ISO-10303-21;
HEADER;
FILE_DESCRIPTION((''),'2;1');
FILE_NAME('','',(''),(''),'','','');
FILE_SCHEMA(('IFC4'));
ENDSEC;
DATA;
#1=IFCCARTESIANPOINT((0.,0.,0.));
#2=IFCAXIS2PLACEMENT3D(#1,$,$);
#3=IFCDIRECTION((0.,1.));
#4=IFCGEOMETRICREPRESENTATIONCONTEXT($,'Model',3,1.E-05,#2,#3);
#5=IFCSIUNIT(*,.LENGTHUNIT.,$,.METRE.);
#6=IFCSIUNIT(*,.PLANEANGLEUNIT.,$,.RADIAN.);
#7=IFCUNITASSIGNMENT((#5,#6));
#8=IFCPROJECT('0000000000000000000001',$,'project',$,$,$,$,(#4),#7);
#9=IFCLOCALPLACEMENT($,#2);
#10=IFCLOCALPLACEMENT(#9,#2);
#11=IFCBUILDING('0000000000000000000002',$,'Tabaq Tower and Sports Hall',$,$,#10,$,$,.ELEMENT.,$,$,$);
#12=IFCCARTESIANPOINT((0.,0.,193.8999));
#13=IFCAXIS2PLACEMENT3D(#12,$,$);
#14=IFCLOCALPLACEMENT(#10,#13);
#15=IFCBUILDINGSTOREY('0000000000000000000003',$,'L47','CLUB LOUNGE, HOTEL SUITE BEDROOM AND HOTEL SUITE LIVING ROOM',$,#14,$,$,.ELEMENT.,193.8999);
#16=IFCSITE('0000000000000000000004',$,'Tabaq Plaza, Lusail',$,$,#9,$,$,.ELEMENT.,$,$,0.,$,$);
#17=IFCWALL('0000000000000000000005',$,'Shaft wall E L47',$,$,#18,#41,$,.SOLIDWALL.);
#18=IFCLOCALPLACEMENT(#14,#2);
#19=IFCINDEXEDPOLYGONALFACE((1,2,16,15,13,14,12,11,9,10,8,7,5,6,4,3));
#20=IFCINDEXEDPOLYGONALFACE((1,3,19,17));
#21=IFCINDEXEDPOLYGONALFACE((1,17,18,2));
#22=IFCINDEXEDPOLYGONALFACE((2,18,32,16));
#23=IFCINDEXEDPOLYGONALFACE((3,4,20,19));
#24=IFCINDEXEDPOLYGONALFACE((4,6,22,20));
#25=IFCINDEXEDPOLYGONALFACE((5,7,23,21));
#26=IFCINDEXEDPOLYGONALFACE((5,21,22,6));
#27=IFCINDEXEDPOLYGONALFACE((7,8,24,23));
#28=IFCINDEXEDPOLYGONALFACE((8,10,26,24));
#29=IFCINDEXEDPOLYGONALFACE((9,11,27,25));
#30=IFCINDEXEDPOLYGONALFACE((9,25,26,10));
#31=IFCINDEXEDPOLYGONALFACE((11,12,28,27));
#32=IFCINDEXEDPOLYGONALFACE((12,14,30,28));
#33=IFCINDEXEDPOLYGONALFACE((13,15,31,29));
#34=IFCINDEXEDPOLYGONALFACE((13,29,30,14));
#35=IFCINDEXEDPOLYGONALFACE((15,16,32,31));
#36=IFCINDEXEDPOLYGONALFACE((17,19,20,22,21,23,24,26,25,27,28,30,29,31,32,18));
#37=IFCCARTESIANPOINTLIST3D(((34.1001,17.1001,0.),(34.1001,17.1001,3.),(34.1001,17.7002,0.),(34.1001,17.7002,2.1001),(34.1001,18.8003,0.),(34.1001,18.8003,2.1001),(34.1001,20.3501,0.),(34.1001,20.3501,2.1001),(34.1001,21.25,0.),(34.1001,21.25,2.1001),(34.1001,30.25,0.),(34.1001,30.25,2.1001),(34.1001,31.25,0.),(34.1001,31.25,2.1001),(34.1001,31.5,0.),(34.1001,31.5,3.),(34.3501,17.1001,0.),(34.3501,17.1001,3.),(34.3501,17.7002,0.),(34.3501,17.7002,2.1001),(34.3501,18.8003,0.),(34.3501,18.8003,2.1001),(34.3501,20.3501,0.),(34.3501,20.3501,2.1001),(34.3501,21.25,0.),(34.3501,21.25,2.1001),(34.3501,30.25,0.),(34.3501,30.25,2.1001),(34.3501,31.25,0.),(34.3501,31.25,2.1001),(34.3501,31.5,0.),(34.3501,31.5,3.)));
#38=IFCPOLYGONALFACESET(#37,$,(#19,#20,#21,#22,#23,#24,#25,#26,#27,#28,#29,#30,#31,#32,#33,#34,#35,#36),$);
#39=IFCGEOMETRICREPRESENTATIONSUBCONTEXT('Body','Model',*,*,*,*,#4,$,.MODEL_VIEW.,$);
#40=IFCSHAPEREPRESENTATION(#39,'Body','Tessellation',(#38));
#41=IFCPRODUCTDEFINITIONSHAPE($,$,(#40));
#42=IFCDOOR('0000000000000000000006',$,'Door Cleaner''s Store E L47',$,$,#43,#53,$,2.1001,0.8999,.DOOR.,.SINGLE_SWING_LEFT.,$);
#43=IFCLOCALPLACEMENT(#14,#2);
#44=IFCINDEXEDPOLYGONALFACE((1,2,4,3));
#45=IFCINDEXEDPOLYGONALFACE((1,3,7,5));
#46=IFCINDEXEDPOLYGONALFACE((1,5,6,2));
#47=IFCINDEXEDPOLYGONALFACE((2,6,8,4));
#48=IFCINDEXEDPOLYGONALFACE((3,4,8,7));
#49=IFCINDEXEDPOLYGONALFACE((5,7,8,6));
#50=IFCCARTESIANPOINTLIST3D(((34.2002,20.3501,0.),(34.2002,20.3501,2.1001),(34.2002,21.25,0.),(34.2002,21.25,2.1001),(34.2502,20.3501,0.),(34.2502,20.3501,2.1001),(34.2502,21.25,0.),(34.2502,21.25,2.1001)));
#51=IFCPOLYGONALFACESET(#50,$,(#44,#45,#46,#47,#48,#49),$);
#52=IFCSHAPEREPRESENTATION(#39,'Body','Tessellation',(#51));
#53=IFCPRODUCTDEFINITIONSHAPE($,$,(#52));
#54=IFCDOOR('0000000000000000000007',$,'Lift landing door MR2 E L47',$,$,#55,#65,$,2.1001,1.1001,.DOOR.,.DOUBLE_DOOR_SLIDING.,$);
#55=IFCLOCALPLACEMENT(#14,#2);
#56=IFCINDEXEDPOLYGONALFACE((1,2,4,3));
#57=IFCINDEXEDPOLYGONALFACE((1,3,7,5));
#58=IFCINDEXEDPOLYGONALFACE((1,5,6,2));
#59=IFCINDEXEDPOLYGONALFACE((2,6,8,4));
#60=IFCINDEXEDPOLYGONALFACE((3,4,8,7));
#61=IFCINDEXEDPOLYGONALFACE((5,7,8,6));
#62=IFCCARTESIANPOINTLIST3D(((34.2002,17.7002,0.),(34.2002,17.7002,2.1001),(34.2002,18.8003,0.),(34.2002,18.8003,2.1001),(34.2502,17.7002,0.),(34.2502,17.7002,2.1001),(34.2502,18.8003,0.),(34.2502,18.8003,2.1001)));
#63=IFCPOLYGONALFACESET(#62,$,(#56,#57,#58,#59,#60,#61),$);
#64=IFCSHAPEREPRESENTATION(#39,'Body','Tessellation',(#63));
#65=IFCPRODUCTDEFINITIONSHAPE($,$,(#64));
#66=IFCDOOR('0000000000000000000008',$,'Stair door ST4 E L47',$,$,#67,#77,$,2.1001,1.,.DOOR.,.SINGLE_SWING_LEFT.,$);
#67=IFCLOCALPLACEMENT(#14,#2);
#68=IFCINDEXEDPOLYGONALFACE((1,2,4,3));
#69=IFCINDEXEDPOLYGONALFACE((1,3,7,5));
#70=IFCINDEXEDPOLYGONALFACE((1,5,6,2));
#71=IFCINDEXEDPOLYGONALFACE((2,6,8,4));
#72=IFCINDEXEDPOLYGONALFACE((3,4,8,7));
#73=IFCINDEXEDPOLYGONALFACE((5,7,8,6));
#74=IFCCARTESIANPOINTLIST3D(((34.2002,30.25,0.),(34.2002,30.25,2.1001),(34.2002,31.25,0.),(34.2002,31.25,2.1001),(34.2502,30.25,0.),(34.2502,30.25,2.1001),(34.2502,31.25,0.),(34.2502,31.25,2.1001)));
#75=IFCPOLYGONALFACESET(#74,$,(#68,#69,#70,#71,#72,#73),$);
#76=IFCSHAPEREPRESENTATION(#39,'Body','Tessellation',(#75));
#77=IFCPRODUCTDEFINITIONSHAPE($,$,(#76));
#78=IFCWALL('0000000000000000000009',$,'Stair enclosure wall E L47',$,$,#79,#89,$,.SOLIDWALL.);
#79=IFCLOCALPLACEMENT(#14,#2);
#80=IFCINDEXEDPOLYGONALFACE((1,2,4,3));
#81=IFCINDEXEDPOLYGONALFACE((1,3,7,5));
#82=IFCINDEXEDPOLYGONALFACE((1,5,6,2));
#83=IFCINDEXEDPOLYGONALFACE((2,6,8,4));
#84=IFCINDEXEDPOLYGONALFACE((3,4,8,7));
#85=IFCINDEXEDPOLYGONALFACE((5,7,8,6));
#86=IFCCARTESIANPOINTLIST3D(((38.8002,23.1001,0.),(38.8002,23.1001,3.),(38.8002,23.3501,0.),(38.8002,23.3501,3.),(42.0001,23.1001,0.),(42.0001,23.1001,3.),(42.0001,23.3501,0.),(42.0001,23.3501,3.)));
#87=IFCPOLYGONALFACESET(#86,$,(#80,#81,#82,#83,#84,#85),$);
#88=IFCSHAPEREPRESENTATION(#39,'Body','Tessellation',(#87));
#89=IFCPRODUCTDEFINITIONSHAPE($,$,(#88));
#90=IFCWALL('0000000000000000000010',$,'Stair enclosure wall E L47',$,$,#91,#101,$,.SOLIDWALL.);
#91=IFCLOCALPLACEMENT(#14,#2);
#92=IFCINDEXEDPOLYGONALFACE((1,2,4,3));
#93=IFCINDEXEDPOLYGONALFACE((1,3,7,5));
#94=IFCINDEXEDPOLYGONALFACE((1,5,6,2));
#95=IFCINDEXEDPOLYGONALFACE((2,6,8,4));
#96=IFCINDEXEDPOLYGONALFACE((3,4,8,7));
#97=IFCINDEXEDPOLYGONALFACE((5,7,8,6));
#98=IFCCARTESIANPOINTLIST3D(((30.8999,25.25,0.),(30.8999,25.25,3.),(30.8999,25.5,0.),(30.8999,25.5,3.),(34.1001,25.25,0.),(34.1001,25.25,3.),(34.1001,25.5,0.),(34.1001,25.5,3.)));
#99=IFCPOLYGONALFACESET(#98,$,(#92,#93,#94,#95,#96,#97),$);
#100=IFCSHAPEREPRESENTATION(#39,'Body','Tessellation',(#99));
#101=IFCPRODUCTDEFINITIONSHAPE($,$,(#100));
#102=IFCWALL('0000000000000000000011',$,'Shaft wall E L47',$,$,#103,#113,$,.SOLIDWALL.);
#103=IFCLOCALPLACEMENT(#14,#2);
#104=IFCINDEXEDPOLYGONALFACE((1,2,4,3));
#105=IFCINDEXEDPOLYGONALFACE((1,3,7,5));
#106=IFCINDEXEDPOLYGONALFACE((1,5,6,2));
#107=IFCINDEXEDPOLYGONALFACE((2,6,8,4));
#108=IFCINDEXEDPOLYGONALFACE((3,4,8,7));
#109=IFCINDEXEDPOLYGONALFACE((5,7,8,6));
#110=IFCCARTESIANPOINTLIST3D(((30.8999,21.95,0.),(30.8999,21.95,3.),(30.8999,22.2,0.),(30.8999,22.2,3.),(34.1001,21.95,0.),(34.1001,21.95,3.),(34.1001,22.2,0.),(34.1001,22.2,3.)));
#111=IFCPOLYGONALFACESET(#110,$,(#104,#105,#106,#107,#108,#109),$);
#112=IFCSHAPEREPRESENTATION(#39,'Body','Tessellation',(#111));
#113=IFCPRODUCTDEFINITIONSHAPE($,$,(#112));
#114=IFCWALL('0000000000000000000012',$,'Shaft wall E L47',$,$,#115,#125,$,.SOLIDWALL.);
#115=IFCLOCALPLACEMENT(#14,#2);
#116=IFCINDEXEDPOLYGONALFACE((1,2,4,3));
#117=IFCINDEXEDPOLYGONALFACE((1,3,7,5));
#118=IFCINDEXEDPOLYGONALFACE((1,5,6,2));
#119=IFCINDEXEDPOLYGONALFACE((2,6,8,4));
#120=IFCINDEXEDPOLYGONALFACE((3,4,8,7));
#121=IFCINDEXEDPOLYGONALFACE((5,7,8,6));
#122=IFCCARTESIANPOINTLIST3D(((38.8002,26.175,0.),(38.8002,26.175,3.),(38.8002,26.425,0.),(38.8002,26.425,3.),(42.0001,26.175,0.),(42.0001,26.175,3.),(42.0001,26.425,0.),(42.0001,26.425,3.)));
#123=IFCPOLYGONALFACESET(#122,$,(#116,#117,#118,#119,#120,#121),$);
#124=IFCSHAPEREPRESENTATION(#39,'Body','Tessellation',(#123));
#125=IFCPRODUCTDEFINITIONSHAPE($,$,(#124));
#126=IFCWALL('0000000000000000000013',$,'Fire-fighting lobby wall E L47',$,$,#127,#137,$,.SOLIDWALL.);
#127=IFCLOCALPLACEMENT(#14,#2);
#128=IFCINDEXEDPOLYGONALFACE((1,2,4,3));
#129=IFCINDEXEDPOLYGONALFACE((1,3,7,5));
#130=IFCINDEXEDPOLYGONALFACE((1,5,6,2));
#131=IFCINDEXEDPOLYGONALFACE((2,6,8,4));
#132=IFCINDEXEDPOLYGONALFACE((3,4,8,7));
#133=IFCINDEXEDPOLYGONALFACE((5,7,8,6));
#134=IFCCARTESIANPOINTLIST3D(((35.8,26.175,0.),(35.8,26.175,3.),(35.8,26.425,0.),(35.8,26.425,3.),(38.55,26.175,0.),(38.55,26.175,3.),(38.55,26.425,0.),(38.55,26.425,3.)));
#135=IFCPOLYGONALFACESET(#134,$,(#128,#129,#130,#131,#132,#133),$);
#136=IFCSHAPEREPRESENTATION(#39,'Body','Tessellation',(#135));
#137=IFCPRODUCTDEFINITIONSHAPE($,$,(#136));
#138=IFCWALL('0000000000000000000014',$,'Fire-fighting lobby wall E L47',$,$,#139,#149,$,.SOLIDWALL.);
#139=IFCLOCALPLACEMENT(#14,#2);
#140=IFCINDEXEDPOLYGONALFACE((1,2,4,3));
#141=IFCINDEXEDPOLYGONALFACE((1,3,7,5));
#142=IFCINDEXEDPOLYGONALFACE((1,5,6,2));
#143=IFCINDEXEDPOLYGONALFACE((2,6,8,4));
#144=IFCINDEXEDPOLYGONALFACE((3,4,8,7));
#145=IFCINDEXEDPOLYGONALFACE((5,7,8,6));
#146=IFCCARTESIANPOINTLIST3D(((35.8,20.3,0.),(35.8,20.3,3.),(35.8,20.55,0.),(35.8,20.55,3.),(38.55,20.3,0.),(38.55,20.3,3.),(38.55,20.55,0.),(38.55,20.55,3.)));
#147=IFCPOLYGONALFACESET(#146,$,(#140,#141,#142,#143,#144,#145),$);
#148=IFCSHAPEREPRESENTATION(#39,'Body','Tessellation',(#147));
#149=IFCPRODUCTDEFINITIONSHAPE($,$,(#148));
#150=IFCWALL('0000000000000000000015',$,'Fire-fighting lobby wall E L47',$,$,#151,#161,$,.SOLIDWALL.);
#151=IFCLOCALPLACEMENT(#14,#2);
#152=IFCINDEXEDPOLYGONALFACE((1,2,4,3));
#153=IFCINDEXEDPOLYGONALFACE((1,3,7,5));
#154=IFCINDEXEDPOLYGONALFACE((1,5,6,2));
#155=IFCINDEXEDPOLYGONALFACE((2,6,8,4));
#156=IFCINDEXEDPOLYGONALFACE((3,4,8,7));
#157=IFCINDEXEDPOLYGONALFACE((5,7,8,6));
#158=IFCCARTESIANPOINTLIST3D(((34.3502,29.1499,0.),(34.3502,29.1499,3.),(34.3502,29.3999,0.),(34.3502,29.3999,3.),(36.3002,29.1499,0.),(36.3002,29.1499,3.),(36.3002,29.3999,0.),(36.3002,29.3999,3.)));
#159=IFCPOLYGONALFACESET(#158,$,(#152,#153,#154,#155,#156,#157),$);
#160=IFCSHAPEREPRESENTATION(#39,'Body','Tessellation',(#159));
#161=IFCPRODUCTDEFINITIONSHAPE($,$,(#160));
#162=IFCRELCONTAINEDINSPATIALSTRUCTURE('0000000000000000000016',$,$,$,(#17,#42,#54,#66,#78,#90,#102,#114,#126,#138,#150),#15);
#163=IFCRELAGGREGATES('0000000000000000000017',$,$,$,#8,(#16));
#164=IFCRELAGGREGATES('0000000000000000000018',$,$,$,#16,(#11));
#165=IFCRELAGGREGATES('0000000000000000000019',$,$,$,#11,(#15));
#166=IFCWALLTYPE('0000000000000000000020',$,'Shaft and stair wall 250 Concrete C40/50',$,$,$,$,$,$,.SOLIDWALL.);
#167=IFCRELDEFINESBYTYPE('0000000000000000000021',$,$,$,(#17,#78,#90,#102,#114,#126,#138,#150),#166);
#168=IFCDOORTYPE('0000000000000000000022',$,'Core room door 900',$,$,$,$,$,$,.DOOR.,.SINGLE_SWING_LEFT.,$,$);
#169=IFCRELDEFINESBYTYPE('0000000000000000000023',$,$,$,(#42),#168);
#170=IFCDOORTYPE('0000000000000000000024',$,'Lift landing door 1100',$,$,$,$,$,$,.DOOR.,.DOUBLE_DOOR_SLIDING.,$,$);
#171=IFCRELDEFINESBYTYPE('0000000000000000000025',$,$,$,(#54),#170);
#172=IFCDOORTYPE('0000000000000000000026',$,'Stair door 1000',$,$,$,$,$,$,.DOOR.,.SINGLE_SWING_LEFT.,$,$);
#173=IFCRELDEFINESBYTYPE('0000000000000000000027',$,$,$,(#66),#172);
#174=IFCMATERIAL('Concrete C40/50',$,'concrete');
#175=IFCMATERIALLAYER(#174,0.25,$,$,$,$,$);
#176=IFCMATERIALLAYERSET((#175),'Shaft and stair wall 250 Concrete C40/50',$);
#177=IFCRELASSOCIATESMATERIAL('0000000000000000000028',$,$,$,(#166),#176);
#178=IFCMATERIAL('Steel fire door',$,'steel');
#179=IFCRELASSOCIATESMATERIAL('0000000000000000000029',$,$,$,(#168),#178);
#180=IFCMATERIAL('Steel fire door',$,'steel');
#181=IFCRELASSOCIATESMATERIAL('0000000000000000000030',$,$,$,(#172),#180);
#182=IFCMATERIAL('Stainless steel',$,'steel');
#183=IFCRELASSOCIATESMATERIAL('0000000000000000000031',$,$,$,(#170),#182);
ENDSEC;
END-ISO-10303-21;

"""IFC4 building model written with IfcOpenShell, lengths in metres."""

from ifc_helpers import new_model, si_unit, direction, frame, frame_2d, origin, place, context, subcontext, project, spatial, rectangle, extrude, material, layer, layer_set, type_object, element, fill, save


model = new_model("IFC4")

# Units and contexts
model_context = context("Model", 3, precision=1e-05, world=origin(), true_north=direction((0.0, 1.0)))
body_context = subcontext(model_context, "Body", "Model", "MODEL_VIEW")
ifc_project = project(units=[si_unit("LENGTHUNIT", "METRE"), si_unit("PLANEANGLEUNIT", "RADIAN")], contexts=[model_context])

# Site, building, storey
site_placement = place(None, origin())
site = spatial("IfcSite", under=ifc_project, at=site_placement, Name="Tabaq Plaza, Lusail", CompositionType="ELEMENT", RefElevation=0.0)
building_placement = place(site_placement, origin())
building = spatial("IfcBuilding", under=site, at=building_placement, Name="Tabaq Tower and Sports Hall", CompositionType="ELEMENT")
storey_placement = place(building_placement, frame((0.0, 0.0, 193.8999)))
storey = spatial("IfcBuildingStorey", under=building, at=storey_placement, Name="L47", Description="CLUB LOUNGE, HOTEL SUITE BEDROOM AND HOTEL SUITE LIVING ROOM", CompositionType="ELEMENT", Elevation=193.8999)

# Wall, openings, doors
ifc_material_1 = material(Name="Concrete C40/50", Category="concrete")
ifc_layer_1 = layer(ifc_material_1, 0.25)
ifc_layer_set_1 = layer_set([ifc_layer_1], Name="Shaft and stair wall 250 Concrete C40/50")
wall_type_1 = type_object("IfcWallType", Name="Shaft and stair wall 250 Concrete C40/50", PredefinedType="SOLIDWALL", material=ifc_layer_set_1)
ifc_material_2 = material(Name="Steel fire door", Category="steel")
door_type_1 = type_object("IfcDoorType", Name="Core room door 900", OperationType="SINGLE_SWING_LEFT", PredefinedType="DOOR", material=ifc_material_2)
ifc_material_3 = material(Name="Steel fire door", Category="steel")
door_type_2 = type_object("IfcDoorType", Name="Stair door 1000", OperationType="SINGLE_SWING_LEFT", PredefinedType="DOOR", material=ifc_material_3)
wall_1_placement = place(storey_placement, frame((34.2251, 17.1001, 0.0), z_axis=(0.0, 0.0, 1.0), x_axis=(0.0, 1.0, 0.0)))
wall_1 = element("IfcWall", 1, at=wall_1_placement, inside=storey, type_object=wall_type_1, Name="Shaft wall E L47", PredefinedType="SOLIDWALL", context=body_context, shape_type="SweptSolid", body=[
    extrude(rectangle(XDim=14.3999, YDim=0.25, at=frame_2d((7.2, 0.0))), origin(), (0.0, 0.0, 1.0), 3.0),
])
opening_1_placement = place(wall_1_placement, frame((13.1499, 0.0, 0.0)))
opening_1 = element("IfcOpeningElement", 2, at=opening_1_placement, cuts=wall_1, PredefinedType="OPENING", context=body_context, shape_type="SweptSolid", body=[
    extrude(rectangle(XDim=1.0, YDim=2.1001, at=frame_2d((0.5, 1.05))), frame((0.0, 0.125, 0.0), z_axis=(0.0, -1.0, 0.0), x_axis=(1.0, 0.0, 0.0)), (0.0, 0.0, 1.0), 0.25),
])
opening_2_placement = place(wall_1_placement, frame((0.6001, 0.0, 0.0)))
opening_2 = element("IfcOpeningElement", 3, at=opening_2_placement, cuts=wall_1, PredefinedType="OPENING", context=body_context, shape_type="SweptSolid", body=[
    extrude(rectangle(XDim=1.1001, YDim=2.1001, at=frame_2d((0.55, 1.05))), frame((0.0, 0.125, 0.0), z_axis=(0.0, -1.0, 0.0), x_axis=(1.0, 0.0, 0.0)), (0.0, 0.0, 1.0), 0.25),
])
opening_3_placement = place(wall_1_placement, frame((3.25, 0.0, 0.0)))
opening_3 = element("IfcOpeningElement", 4, at=opening_3_placement, cuts=wall_1, PredefinedType="OPENING", context=body_context, shape_type="SweptSolid", body=[
    extrude(rectangle(XDim=0.8999, YDim=2.1001, at=frame_2d((0.45, 1.05))), frame((0.0, 0.125, 0.0), z_axis=(0.0, -1.0, 0.0), x_axis=(1.0, 0.0, 0.0)), (0.0, 0.0, 1.0), 0.25),
])
door_1_placement = place(opening_3_placement, origin())
door_1 = element("IfcDoor", 5, at=door_1_placement, inside=storey, type_object=door_type_1, Name="Door Cleaner's Store E L47", OperationType="SINGLE_SWING_LEFT", OverallHeight=2.1001, OverallWidth=0.8999, PredefinedType="DOOR", context=body_context, shape_type="SweptSolid", body=[
    extrude(rectangle(XDim=0.8999, YDim=2.1001, at=frame_2d((0.45, 1.05))), frame((0.0, 0.0249, 0.0), z_axis=(0.0, -1.0, 0.0), x_axis=(1.0, 0.0, 0.0)), (0.0, 0.0, 1.0), 0.05),
])
fill(opening_3, door_1)
ifc_material_4 = material(Name="Stainless steel", Category="steel")
door_type_3 = type_object("IfcDoorType", Name="Lift landing door 1100", OperationType="DOUBLE_DOOR_SLIDING", PredefinedType="DOOR", material=ifc_material_4)
door_2_placement = place(opening_2_placement, origin())
door_2 = element("IfcDoor", 6, at=door_2_placement, inside=storey, type_object=door_type_3, Name="Lift landing door MR2 E L47", OperationType="DOUBLE_DOOR_SLIDING", OverallHeight=2.1001, OverallWidth=1.1001, PredefinedType="DOOR", context=body_context, shape_type="SweptSolid", body=[
    extrude(rectangle(XDim=1.1001, YDim=2.1001, at=frame_2d((0.55, 1.05))), frame((0.0, 0.0249, 0.0), z_axis=(0.0, -1.0, 0.0), x_axis=(1.0, 0.0, 0.0)), (0.0, 0.0, 1.0), 0.05),
])
fill(opening_2, door_2)
door_3_placement = place(opening_1_placement, origin())
door_3 = element("IfcDoor", 7, at=door_3_placement, inside=storey, type_object=door_type_2, Name="Stair door ST4 E L47", OperationType="SINGLE_SWING_LEFT", OverallHeight=2.1001, OverallWidth=1.0, PredefinedType="DOOR", context=body_context, shape_type="SweptSolid", body=[
    extrude(rectangle(XDim=1.0, YDim=2.1001, at=frame_2d((0.5, 1.05))), frame((0.0, 0.0249, 0.0), z_axis=(0.0, -1.0, 0.0), x_axis=(1.0, 0.0, 0.0)), (0.0, 0.0, 1.0), 0.05),
])
fill(opening_1, door_3)

# Walls
wall_2_placement = place(storey_placement, frame((38.8, 23.2251, 0.0), z_axis=(0.0, 0.0, 1.0), x_axis=(1.0, 0.0, 0.0)))
element("IfcWall", 8, at=wall_2_placement, inside=storey, type_object=wall_type_1, Name="Stair enclosure wall E L47", PredefinedType="SOLIDWALL", context=body_context, shape_type="SweptSolid", body=[
    extrude(rectangle(XDim=3.2, YDim=0.25, at=frame_2d((1.6001, 0.0))), origin(), (0.0, 0.0, 1.0), 3.0),
])
for number, where, z_axis, x_axis, name in (
    (9, (30.8999, 25.375, 0.0), (0.0, 0.0, 1.0), (1.0, 0.0, 0.0), "Stair enclosure wall E L47"),
    (10, (30.8999, 22.075, 0.0), (0.0, 0.0, 1.0), (1.0, 0.0, 0.0), "Shaft wall E L47"),
):
    element("IfcWall", number, at=place(storey_placement, frame(where, z_axis=z_axis, x_axis=x_axis)), inside=storey, type_object=wall_type_1, Name=name, PredefinedType="SOLIDWALL", context=body_context, shape_type="SweptSolid", body=[
        extrude(rectangle(XDim=3.2002, YDim=0.25, at=frame_2d((1.6001, 0.0))), origin(), (0.0, 0.0, 1.0), 3.0),
    ])
wall_3_placement = place(storey_placement, frame((38.8, 26.3, 0.0), z_axis=(0.0, 0.0, 1.0), x_axis=(1.0, 0.0, 0.0)))
element("IfcWall", 11, at=wall_3_placement, inside=storey, type_object=wall_type_1, Name="Shaft wall E L47", PredefinedType="SOLIDWALL", context=body_context, shape_type="SweptSolid", body=[
    extrude(rectangle(XDim=3.2, YDim=0.25, at=frame_2d((1.6001, 0.0))), origin(), (0.0, 0.0, 1.0), 3.0),
])
for number, where, z_axis, x_axis, name in (
    (12, (35.8, 26.3, 0.0), (0.0, 0.0, 1.0), (1.0, 0.0, 0.0), "Fire-fighting lobby wall E L47"),
    (13, (35.8, 20.425, 0.0), (0.0, 0.0, 1.0), (1.0, 0.0, 0.0), "Fire-fighting lobby wall E L47"),
):
    element("IfcWall", number, at=place(storey_placement, frame(where, z_axis=z_axis, x_axis=x_axis)), inside=storey, type_object=wall_type_1, Name=name, PredefinedType="SOLIDWALL", context=body_context, shape_type="SweptSolid", body=[
        extrude(rectangle(XDim=2.75, YDim=0.25, at=frame_2d((1.375, 0.0))), origin(), (0.0, 0.0, 1.0), 3.0),
    ])
wall_4_placement = place(storey_placement, frame((34.3501, 29.2749, 0.0), z_axis=(0.0, 0.0, 1.0), x_axis=(1.0, 0.0, 0.0)))
element("IfcWall", 14, at=wall_4_placement, inside=storey, type_object=wall_type_1, Name="Fire-fighting lobby wall E L47", PredefinedType="SOLIDWALL", context=body_context, shape_type="SweptSolid", body=[
    extrude(rectangle(XDim=1.95, YDim=0.25, at=frame_2d((0.9751, 0.0))), origin(), (0.0, 0.0, 1.0), 3.0),
])

save(model, "model.ifc")
